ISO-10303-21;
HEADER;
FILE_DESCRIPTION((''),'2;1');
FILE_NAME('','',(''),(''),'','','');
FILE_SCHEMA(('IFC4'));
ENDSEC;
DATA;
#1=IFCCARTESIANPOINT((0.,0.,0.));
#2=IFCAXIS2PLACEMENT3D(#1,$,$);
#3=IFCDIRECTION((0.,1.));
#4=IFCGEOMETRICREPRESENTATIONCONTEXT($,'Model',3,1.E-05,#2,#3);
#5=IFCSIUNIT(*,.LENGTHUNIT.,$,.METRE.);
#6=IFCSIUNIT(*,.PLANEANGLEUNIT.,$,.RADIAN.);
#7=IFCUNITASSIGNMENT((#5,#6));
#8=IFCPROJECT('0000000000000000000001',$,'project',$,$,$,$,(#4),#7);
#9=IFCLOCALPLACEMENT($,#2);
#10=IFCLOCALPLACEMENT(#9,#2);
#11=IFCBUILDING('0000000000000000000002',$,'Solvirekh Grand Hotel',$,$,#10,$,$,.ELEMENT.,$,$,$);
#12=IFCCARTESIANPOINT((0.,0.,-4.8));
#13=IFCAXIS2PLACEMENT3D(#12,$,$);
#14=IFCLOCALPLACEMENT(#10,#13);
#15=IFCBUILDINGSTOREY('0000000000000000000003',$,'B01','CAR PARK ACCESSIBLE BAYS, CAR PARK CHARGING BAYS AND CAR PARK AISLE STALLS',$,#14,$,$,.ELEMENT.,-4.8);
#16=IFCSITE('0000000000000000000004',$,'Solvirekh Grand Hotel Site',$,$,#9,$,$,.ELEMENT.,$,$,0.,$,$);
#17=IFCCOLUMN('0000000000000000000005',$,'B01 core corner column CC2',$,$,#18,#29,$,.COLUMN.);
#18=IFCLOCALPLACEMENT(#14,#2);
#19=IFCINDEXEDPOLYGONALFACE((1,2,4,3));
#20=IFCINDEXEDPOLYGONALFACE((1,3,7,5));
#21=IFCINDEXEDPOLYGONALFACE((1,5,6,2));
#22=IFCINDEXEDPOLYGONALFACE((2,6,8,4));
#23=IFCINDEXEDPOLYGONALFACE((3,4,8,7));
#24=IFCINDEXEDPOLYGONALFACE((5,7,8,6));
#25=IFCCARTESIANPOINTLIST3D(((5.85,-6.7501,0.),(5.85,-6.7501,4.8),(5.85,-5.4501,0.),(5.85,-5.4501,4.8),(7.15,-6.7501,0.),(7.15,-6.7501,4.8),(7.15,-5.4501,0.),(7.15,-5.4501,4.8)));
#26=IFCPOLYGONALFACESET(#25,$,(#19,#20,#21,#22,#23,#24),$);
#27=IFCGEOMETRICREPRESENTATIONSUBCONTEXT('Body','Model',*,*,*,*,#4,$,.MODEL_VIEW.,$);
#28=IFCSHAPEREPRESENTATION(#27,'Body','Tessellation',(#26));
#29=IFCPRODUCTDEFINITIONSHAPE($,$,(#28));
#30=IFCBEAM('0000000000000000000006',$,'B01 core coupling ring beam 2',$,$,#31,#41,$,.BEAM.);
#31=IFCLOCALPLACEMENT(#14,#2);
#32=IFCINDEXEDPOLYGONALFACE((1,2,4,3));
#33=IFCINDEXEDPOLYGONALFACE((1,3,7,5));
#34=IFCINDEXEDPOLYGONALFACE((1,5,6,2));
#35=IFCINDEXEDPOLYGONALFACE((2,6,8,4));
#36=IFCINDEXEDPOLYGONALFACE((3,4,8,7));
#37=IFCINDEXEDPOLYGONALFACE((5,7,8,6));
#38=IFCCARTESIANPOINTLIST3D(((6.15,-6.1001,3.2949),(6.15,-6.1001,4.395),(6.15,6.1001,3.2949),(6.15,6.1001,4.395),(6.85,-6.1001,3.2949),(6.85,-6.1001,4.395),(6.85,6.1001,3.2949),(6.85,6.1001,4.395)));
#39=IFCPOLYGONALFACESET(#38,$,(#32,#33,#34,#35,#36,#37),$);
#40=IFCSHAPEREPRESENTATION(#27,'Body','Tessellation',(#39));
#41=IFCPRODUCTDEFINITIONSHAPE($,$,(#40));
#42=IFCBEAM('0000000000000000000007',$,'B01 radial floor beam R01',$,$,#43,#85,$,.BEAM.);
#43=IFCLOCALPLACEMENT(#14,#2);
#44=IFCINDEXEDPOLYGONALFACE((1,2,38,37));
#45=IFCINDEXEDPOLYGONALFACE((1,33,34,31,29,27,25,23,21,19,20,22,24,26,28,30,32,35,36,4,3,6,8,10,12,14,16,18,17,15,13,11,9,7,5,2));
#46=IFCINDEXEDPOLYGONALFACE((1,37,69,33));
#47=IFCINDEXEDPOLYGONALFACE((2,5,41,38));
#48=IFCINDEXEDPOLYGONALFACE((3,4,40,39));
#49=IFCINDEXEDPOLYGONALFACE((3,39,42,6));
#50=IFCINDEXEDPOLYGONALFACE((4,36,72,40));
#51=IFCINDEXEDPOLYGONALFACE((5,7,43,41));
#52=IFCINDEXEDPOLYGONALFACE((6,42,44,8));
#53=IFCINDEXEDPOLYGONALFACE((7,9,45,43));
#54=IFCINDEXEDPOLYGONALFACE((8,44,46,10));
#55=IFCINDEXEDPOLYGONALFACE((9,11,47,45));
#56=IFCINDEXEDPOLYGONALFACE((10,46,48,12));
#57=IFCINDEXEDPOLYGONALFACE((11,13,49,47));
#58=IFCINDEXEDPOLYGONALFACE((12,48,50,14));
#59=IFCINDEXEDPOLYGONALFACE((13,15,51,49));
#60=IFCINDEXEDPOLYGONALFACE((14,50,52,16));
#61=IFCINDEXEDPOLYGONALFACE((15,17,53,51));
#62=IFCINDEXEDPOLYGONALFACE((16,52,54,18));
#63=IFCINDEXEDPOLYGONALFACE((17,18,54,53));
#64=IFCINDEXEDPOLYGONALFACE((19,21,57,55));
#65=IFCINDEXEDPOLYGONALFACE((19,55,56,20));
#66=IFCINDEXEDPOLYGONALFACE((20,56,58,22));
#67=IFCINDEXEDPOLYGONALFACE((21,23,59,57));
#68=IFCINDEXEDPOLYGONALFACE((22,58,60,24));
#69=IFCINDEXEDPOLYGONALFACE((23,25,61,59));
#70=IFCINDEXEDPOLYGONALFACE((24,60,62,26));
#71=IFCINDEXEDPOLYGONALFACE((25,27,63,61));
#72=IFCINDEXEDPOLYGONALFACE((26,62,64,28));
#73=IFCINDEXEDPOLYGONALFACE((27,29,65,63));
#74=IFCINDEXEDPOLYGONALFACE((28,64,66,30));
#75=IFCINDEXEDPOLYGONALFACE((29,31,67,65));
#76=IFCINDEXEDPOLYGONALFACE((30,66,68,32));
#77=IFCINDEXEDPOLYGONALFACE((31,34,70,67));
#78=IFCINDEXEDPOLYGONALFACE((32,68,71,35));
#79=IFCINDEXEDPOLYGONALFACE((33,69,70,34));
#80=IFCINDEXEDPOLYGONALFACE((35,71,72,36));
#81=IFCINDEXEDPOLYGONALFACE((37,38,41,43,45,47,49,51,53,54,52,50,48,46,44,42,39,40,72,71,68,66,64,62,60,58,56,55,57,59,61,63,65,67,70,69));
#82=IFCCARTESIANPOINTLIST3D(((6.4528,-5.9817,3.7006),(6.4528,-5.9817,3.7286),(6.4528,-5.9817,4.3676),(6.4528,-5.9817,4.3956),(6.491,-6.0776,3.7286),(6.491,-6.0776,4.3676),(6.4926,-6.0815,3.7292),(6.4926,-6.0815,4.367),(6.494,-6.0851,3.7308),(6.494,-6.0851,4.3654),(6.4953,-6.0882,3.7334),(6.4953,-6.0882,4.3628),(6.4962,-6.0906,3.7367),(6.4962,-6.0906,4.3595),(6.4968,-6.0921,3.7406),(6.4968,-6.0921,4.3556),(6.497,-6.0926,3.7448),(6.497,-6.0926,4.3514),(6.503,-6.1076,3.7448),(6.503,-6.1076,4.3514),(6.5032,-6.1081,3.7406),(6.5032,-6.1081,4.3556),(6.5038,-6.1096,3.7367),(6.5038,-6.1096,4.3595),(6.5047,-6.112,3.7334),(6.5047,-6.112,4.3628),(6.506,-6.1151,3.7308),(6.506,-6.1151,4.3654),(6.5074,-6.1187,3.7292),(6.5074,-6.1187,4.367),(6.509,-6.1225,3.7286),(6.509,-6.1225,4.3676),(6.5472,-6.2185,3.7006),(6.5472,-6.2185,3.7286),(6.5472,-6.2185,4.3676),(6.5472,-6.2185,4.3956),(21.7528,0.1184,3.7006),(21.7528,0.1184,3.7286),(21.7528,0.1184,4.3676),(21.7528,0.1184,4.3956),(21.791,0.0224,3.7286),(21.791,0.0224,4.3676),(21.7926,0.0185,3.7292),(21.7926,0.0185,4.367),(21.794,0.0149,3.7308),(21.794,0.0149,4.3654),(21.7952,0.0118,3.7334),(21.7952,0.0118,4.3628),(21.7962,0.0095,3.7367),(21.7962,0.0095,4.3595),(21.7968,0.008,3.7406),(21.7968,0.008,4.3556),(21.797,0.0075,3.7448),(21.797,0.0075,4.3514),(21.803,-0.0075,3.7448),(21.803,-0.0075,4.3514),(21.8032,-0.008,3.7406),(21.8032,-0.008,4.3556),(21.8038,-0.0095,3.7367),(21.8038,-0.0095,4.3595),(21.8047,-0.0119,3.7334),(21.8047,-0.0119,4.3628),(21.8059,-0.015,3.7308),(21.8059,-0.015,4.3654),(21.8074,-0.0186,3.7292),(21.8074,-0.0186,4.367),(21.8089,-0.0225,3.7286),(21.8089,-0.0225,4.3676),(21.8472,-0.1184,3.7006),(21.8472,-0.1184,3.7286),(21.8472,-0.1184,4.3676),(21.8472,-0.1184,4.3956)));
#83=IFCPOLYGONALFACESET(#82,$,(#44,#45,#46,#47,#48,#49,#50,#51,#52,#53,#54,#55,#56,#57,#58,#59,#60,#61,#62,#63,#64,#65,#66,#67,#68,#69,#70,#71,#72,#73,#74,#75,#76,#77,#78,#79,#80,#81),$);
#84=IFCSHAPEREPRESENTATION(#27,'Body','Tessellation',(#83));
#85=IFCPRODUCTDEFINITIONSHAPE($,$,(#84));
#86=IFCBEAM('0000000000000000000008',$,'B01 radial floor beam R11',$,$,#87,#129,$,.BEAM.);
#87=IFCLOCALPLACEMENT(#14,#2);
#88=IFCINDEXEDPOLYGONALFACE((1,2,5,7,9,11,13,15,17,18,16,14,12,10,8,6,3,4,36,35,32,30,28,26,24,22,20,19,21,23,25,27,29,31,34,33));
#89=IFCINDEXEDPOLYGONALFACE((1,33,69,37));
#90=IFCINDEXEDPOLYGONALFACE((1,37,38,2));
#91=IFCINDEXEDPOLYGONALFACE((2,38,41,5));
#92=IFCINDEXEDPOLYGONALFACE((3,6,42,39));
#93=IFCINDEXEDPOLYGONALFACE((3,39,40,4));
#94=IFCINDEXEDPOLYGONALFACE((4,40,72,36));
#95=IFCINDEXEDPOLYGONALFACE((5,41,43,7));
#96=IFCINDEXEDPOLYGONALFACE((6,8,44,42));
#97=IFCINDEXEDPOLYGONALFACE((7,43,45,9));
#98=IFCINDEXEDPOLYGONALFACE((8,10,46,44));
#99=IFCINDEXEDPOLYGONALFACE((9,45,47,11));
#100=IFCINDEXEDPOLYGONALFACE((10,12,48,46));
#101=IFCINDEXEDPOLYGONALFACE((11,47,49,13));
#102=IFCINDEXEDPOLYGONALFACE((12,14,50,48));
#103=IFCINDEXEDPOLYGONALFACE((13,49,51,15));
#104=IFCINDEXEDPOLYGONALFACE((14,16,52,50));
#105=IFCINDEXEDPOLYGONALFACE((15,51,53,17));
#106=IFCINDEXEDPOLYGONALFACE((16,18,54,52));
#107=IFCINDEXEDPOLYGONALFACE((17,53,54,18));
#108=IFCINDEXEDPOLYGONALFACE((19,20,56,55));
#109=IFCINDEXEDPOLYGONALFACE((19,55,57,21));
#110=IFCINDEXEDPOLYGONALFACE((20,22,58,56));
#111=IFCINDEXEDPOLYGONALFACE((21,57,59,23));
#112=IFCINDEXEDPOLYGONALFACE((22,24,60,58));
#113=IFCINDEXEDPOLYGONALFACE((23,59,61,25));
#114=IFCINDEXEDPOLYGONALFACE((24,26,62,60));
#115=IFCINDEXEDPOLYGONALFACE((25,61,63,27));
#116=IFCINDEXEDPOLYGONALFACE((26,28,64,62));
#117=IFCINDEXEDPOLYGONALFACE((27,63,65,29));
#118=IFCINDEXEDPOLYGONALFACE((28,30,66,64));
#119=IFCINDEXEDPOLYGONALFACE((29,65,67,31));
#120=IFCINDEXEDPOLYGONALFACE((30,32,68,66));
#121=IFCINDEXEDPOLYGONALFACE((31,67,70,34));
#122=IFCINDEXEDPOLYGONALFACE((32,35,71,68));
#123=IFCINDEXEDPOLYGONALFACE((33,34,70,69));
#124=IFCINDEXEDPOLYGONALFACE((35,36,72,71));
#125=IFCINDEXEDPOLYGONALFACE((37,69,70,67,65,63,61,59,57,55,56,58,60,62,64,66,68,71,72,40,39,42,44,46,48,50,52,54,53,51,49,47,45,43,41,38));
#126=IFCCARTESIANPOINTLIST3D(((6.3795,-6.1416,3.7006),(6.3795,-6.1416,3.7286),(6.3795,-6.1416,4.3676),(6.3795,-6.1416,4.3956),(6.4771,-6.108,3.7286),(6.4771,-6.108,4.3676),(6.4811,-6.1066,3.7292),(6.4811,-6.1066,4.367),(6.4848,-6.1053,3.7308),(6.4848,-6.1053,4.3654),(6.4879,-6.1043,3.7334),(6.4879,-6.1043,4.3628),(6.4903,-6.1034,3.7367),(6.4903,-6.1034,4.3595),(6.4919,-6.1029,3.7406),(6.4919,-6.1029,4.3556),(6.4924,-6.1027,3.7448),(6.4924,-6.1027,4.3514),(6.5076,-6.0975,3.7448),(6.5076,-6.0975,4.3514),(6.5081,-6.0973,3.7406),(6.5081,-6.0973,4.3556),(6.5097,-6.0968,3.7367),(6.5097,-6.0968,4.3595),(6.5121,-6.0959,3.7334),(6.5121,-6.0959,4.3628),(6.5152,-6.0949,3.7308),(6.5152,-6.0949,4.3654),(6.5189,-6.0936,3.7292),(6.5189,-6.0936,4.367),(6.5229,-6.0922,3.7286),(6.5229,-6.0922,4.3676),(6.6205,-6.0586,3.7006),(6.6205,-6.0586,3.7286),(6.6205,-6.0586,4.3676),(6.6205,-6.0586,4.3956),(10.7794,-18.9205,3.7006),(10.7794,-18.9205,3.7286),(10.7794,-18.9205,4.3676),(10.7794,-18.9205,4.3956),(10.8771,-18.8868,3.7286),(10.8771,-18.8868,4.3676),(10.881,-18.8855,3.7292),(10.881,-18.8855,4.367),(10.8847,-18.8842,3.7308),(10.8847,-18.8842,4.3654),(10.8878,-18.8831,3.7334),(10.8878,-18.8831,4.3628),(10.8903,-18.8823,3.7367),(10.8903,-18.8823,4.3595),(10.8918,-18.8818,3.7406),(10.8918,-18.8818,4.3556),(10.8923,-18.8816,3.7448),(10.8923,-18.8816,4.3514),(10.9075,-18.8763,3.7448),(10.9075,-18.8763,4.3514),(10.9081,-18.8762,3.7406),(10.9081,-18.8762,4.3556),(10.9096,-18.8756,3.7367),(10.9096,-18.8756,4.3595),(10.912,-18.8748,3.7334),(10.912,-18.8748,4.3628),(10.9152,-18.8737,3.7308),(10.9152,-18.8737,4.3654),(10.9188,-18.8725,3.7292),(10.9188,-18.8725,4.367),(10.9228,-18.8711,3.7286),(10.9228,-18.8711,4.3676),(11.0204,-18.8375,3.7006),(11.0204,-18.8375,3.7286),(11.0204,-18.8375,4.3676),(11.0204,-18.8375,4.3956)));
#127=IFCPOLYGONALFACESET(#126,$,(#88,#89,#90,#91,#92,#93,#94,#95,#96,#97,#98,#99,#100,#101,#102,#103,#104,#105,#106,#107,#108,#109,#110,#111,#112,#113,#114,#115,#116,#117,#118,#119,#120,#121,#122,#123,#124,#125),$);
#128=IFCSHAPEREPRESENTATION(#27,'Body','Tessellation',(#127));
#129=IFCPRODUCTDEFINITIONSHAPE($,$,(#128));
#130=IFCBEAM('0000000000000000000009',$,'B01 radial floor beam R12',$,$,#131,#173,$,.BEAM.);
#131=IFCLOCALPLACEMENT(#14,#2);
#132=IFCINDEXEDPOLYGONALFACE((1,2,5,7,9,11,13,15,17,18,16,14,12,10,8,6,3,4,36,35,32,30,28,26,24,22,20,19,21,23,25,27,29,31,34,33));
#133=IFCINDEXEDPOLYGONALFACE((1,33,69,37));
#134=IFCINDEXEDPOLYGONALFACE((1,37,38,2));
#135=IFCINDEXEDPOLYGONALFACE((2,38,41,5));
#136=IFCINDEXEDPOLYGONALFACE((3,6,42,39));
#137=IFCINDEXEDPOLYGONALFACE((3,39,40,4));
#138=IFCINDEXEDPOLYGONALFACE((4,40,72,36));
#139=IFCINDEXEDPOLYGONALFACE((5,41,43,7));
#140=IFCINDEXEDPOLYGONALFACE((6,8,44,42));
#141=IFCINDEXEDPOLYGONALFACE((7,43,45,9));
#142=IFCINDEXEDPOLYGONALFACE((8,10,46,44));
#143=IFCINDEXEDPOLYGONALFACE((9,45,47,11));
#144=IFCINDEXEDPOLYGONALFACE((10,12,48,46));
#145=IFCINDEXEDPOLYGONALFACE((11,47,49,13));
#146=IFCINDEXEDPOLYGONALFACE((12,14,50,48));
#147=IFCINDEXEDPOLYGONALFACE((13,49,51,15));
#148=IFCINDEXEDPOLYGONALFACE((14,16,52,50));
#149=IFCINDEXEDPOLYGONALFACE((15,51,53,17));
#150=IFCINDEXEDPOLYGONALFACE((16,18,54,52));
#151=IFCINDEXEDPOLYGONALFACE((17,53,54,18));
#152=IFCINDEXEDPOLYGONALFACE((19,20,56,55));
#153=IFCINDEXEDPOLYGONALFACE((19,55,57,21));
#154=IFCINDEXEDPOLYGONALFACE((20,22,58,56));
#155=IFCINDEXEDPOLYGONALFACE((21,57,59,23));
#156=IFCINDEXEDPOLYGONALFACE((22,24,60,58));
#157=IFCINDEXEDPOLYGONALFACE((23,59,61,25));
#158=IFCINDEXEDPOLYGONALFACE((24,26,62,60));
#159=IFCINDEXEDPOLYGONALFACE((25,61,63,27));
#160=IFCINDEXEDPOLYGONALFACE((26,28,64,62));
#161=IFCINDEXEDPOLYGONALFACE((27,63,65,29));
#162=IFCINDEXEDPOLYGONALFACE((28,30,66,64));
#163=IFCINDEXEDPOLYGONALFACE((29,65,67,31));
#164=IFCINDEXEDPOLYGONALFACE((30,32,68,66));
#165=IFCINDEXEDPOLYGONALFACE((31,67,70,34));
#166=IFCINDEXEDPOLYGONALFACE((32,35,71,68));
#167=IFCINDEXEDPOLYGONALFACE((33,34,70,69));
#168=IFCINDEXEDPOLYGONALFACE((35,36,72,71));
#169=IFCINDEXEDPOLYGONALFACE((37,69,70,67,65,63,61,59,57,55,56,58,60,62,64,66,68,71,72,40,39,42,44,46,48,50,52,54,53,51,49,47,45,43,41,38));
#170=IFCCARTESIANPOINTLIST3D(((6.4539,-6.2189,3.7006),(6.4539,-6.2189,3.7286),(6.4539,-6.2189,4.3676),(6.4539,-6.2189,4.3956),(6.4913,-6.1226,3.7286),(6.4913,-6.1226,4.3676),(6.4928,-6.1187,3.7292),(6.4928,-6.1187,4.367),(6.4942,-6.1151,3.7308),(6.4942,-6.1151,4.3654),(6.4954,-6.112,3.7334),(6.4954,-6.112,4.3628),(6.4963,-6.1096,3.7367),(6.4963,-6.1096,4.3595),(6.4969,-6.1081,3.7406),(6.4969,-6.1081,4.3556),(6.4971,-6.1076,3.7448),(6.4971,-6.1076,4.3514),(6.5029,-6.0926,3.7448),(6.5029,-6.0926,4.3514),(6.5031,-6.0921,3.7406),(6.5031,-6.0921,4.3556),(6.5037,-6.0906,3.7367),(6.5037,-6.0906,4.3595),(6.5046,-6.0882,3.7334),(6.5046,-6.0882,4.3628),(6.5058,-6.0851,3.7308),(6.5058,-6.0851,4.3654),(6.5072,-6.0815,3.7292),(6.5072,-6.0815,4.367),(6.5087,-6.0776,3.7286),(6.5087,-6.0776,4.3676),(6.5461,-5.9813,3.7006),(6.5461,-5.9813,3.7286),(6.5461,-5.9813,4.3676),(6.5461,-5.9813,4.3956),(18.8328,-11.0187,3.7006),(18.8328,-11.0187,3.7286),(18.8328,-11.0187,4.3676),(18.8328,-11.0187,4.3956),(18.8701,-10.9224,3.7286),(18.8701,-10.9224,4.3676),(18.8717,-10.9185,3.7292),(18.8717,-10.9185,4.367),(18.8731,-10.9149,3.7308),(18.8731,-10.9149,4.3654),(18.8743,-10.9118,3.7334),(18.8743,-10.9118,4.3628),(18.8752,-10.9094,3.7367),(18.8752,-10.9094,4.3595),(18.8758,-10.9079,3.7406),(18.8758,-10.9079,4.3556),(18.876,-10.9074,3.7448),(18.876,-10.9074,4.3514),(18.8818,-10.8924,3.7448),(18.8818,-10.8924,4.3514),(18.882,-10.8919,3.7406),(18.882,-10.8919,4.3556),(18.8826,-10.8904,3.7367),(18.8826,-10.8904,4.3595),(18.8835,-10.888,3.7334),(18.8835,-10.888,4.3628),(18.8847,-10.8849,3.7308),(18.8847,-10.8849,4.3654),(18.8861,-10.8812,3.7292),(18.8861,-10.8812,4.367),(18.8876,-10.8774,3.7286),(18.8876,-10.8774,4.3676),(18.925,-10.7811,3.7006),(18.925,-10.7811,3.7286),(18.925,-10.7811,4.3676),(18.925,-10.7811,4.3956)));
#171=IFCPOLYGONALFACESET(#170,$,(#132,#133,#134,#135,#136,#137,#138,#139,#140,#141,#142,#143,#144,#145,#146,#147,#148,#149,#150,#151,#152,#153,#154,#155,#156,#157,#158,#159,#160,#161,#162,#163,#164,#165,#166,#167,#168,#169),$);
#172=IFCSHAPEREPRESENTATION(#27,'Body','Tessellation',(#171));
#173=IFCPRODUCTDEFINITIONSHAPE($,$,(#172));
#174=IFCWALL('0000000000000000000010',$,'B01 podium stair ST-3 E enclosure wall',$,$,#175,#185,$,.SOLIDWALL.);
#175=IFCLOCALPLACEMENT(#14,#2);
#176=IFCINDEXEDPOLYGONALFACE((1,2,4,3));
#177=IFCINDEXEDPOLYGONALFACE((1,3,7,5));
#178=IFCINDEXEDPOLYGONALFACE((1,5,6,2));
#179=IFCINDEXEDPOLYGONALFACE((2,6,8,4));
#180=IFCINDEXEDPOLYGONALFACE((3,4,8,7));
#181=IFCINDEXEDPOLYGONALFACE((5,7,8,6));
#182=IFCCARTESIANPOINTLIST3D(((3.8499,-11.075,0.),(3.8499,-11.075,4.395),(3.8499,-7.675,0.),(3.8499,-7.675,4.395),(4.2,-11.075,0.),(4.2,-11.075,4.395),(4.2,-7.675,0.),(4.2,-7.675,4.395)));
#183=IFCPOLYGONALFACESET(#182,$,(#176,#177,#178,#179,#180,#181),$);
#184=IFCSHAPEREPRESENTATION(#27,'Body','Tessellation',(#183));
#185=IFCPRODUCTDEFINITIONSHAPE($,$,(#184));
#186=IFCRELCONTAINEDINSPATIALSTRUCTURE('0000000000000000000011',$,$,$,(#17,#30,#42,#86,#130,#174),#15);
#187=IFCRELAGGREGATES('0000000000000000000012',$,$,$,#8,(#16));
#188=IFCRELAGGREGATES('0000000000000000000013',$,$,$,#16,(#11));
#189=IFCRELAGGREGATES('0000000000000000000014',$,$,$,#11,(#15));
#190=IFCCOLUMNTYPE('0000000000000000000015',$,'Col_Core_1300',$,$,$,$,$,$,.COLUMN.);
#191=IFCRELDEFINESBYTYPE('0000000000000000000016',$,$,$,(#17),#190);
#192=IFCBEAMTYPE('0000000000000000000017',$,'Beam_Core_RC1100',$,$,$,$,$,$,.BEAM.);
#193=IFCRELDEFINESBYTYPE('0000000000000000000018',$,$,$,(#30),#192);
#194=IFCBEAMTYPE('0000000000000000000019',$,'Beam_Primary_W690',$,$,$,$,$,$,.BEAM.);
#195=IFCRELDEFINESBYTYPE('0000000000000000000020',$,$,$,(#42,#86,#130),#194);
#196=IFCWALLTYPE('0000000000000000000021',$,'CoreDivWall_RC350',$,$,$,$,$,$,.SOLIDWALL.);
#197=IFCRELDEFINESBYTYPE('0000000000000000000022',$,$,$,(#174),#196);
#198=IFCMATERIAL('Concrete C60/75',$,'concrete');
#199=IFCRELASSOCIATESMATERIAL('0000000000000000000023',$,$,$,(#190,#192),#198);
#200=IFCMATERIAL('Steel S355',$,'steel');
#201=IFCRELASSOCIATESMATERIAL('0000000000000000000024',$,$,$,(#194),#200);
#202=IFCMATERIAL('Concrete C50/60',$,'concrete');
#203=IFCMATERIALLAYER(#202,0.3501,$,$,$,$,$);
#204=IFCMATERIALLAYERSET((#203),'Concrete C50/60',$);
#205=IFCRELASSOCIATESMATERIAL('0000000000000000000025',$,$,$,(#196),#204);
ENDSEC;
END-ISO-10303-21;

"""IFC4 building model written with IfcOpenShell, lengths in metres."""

from ifc_helpers import new_model, si_unit, direction, frame, frame_2d, origin, origin_2d, place, context, subcontext, project, spatial, rectangle, i_section, extrude, material, layer, layer_set, material_profile, profile_set, type_object, element, save


model = new_model("IFC4")

# Units and contexts
model_context = context("Model", 3, precision=1e-05, world=origin(), true_north=direction((0.0, 1.0)))
body_context = subcontext(model_context, "Body", "Model", "MODEL_VIEW")
ifc_project = project(units=[si_unit("LENGTHUNIT", "METRE"), si_unit("PLANEANGLEUNIT", "RADIAN")], contexts=[model_context])

# Site, building, storey
site_placement = place(None, origin())
site = spatial("IfcSite", under=ifc_project, at=site_placement, Name="Solvirekh Grand Hotel Site", CompositionType="ELEMENT", RefElevation=0.0)
building_placement = place(site_placement, origin())
building = spatial("IfcBuilding", under=site, at=building_placement, Name="Solvirekh Grand Hotel", CompositionType="ELEMENT")
storey_placement = place(building_placement, frame((0.0, 0.0, -4.8)))
storey = spatial("IfcBuildingStorey", under=building, at=storey_placement, Name="B01", Description="CAR PARK ACCESSIBLE BAYS, CAR PARK CHARGING BAYS AND CAR PARK AISLE STALLS", CompositionType="ELEMENT", Elevation=-4.8)

# Column
ifc_material_1 = material(Name="Concrete C60/75", Category="concrete")
ifc_material_profile_1 = material_profile(ifc_material_1, rectangle(XDim=1.3, YDim=1.3, at=origin_2d()), Name="RC 1300X1300")
ifc_profile_set_1 = profile_set([ifc_material_profile_1], Name="Concrete C60/75")
column_type = type_object("IfcColumnType", Name="Col_Core_1300", PredefinedType="COLUMN", material=ifc_profile_set_1)
column_placement = place(storey_placement, frame((6.5, -6.1001, 0.0), z_axis=(0.0, 0.0, 1.0), x_axis=(1.0, 0.0, 0.0)))
element("IfcColumn", 1, at=column_placement, inside=storey, type_object=column_type, Name="B01 core corner column CC2", PredefinedType="COLUMN", context=body_context, shape_type="SweptSolid", body=[
    extrude(rectangle(XDim=1.3, YDim=1.3, at=origin_2d()), origin(), (0.0, 0.0, 1.0), 4.8),
])

# Beams
ifc_material_profile_2 = material_profile(ifc_material_1, rectangle(XDim=0.7, YDim=1.1001, at=origin_2d()), Name="RC BEAM 700X1100")
ifc_profile_set_2 = profile_set([ifc_material_profile_2], Name="Concrete C60/75")
beam_type_1 = type_object("IfcBeamType", Name="Beam_Core_RC1100", PredefinedType="BEAM", material=ifc_profile_set_2)
beam_1_placement = place(storey_placement, frame((6.5, -6.1001, 3.845), z_axis=(0.0, 1.0, 0.0), x_axis=(-1.0, 0.0, 0.0)))
element("IfcBeam", 2, at=beam_1_placement, inside=storey, type_object=beam_type_1, Name="B01 core coupling ring beam 2", PredefinedType="BEAM", context=body_context, shape_type="SweptSolid", body=[
    extrude(rectangle(XDim=0.7, YDim=1.1001, at=origin_2d()), origin(), (0.0, 0.0, 1.0), 12.2002),
])
ifc_material_2 = material(Name="Steel S355", Category="steel")
ifc_material_profile_3 = material_profile(ifc_material_2, i_section(OverallWidth=0.2549, OverallDepth=0.6951, WebThickness=0.0161, FlangeThickness=0.0281, FilletRadius=0.0161, at=origin_2d()), Name="W690X217")
ifc_profile_set_3 = profile_set([ifc_material_profile_3], Name="Steel S355")
beam_type_2 = type_object("IfcBeamType", Name="Beam_Primary_W690", PredefinedType="BEAM", material=ifc_profile_set_3)
beam_2_placement = place(storey_placement, frame((6.5, -6.1001, 4.0481), z_axis=(0.928893, 0.370348, 0.0), x_axis=(-0.370348, 0.928893, 0.0)))
element("IfcBeam", 3, at=beam_2_placement, inside=storey, type_object=beam_type_2, Name="B01 radial floor beam R01", PredefinedType="BEAM", context=body_context, shape_type="SweptSolid", body=[
    extrude(i_section(OverallWidth=0.2549, OverallDepth=0.6951, WebThickness=0.0161, FlangeThickness=0.0281, FilletRadius=0.0161, at=origin_2d()), origin(), (0.0, 0.0, 1.0), 16.4712),
])
beam_3_placement = place(storey_placement, frame((6.5, -6.1001, 4.0481), z_axis=(0.325555, -0.945523, 0.0), x_axis=(0.945523, 0.325555, 0.0)))
element("IfcBeam", 4, at=beam_3_placement, inside=storey, type_object=beam_type_2, Name="B01 radial floor beam R11", PredefinedType="BEAM", context=body_context, shape_type="SweptSolid", body=[
    extrude(i_section(OverallWidth=0.2549, OverallDepth=0.6951, WebThickness=0.0161, FlangeThickness=0.0281, FilletRadius=0.0161, at=origin_2d()), origin(), (0.0, 0.0, 1.0), 13.5151),
])
beam_4_placement = place(storey_placement, frame((6.5, -6.1001, 4.0481), z_axis=(0.932366, -0.361516, 0.0), x_axis=(0.361516, 0.932366, 0.0)))
element("IfcBeam", 5, at=beam_4_placement, inside=storey, type_object=beam_type_2, Name="B01 radial floor beam R12", PredefinedType="BEAM", context=body_context, shape_type="SweptSolid", body=[
    extrude(i_section(OverallWidth=0.2549, OverallDepth=0.6951, WebThickness=0.0161, FlangeThickness=0.0281, FilletRadius=0.0161, at=origin_2d()), origin(), (0.0, 0.0, 1.0), 13.2769),
])

# Wall
ifc_material_3 = material(Name="Concrete C50/60", Category="concrete")
ifc_layer_1 = layer(ifc_material_3, 0.3501)
ifc_layer_set_1 = layer_set([ifc_layer_1], Name="Concrete C50/60")
wall_type_1 = type_object("IfcWallType", Name="CoreDivWall_RC350", PredefinedType="SOLIDWALL", material=ifc_layer_set_1)
wall_1_placement = place(storey_placement, frame((4.0249, -11.075, 0.0), z_axis=(0.0, 0.0, 1.0), x_axis=(0.0, 1.0, 0.0)))
element("IfcWall", 6, at=wall_1_placement, inside=storey, type_object=wall_type_1, Name="B01 podium stair ST-3 E enclosure wall", PredefinedType="SOLIDWALL", context=body_context, shape_type="SweptSolid", body=[
    extrude(rectangle(XDim=3.3999, YDim=0.3501, at=frame_2d((1.7, 0.0))), origin(), (0.0, 0.0, 1.0), 4.395),
])

save(model, "model.ifc")
